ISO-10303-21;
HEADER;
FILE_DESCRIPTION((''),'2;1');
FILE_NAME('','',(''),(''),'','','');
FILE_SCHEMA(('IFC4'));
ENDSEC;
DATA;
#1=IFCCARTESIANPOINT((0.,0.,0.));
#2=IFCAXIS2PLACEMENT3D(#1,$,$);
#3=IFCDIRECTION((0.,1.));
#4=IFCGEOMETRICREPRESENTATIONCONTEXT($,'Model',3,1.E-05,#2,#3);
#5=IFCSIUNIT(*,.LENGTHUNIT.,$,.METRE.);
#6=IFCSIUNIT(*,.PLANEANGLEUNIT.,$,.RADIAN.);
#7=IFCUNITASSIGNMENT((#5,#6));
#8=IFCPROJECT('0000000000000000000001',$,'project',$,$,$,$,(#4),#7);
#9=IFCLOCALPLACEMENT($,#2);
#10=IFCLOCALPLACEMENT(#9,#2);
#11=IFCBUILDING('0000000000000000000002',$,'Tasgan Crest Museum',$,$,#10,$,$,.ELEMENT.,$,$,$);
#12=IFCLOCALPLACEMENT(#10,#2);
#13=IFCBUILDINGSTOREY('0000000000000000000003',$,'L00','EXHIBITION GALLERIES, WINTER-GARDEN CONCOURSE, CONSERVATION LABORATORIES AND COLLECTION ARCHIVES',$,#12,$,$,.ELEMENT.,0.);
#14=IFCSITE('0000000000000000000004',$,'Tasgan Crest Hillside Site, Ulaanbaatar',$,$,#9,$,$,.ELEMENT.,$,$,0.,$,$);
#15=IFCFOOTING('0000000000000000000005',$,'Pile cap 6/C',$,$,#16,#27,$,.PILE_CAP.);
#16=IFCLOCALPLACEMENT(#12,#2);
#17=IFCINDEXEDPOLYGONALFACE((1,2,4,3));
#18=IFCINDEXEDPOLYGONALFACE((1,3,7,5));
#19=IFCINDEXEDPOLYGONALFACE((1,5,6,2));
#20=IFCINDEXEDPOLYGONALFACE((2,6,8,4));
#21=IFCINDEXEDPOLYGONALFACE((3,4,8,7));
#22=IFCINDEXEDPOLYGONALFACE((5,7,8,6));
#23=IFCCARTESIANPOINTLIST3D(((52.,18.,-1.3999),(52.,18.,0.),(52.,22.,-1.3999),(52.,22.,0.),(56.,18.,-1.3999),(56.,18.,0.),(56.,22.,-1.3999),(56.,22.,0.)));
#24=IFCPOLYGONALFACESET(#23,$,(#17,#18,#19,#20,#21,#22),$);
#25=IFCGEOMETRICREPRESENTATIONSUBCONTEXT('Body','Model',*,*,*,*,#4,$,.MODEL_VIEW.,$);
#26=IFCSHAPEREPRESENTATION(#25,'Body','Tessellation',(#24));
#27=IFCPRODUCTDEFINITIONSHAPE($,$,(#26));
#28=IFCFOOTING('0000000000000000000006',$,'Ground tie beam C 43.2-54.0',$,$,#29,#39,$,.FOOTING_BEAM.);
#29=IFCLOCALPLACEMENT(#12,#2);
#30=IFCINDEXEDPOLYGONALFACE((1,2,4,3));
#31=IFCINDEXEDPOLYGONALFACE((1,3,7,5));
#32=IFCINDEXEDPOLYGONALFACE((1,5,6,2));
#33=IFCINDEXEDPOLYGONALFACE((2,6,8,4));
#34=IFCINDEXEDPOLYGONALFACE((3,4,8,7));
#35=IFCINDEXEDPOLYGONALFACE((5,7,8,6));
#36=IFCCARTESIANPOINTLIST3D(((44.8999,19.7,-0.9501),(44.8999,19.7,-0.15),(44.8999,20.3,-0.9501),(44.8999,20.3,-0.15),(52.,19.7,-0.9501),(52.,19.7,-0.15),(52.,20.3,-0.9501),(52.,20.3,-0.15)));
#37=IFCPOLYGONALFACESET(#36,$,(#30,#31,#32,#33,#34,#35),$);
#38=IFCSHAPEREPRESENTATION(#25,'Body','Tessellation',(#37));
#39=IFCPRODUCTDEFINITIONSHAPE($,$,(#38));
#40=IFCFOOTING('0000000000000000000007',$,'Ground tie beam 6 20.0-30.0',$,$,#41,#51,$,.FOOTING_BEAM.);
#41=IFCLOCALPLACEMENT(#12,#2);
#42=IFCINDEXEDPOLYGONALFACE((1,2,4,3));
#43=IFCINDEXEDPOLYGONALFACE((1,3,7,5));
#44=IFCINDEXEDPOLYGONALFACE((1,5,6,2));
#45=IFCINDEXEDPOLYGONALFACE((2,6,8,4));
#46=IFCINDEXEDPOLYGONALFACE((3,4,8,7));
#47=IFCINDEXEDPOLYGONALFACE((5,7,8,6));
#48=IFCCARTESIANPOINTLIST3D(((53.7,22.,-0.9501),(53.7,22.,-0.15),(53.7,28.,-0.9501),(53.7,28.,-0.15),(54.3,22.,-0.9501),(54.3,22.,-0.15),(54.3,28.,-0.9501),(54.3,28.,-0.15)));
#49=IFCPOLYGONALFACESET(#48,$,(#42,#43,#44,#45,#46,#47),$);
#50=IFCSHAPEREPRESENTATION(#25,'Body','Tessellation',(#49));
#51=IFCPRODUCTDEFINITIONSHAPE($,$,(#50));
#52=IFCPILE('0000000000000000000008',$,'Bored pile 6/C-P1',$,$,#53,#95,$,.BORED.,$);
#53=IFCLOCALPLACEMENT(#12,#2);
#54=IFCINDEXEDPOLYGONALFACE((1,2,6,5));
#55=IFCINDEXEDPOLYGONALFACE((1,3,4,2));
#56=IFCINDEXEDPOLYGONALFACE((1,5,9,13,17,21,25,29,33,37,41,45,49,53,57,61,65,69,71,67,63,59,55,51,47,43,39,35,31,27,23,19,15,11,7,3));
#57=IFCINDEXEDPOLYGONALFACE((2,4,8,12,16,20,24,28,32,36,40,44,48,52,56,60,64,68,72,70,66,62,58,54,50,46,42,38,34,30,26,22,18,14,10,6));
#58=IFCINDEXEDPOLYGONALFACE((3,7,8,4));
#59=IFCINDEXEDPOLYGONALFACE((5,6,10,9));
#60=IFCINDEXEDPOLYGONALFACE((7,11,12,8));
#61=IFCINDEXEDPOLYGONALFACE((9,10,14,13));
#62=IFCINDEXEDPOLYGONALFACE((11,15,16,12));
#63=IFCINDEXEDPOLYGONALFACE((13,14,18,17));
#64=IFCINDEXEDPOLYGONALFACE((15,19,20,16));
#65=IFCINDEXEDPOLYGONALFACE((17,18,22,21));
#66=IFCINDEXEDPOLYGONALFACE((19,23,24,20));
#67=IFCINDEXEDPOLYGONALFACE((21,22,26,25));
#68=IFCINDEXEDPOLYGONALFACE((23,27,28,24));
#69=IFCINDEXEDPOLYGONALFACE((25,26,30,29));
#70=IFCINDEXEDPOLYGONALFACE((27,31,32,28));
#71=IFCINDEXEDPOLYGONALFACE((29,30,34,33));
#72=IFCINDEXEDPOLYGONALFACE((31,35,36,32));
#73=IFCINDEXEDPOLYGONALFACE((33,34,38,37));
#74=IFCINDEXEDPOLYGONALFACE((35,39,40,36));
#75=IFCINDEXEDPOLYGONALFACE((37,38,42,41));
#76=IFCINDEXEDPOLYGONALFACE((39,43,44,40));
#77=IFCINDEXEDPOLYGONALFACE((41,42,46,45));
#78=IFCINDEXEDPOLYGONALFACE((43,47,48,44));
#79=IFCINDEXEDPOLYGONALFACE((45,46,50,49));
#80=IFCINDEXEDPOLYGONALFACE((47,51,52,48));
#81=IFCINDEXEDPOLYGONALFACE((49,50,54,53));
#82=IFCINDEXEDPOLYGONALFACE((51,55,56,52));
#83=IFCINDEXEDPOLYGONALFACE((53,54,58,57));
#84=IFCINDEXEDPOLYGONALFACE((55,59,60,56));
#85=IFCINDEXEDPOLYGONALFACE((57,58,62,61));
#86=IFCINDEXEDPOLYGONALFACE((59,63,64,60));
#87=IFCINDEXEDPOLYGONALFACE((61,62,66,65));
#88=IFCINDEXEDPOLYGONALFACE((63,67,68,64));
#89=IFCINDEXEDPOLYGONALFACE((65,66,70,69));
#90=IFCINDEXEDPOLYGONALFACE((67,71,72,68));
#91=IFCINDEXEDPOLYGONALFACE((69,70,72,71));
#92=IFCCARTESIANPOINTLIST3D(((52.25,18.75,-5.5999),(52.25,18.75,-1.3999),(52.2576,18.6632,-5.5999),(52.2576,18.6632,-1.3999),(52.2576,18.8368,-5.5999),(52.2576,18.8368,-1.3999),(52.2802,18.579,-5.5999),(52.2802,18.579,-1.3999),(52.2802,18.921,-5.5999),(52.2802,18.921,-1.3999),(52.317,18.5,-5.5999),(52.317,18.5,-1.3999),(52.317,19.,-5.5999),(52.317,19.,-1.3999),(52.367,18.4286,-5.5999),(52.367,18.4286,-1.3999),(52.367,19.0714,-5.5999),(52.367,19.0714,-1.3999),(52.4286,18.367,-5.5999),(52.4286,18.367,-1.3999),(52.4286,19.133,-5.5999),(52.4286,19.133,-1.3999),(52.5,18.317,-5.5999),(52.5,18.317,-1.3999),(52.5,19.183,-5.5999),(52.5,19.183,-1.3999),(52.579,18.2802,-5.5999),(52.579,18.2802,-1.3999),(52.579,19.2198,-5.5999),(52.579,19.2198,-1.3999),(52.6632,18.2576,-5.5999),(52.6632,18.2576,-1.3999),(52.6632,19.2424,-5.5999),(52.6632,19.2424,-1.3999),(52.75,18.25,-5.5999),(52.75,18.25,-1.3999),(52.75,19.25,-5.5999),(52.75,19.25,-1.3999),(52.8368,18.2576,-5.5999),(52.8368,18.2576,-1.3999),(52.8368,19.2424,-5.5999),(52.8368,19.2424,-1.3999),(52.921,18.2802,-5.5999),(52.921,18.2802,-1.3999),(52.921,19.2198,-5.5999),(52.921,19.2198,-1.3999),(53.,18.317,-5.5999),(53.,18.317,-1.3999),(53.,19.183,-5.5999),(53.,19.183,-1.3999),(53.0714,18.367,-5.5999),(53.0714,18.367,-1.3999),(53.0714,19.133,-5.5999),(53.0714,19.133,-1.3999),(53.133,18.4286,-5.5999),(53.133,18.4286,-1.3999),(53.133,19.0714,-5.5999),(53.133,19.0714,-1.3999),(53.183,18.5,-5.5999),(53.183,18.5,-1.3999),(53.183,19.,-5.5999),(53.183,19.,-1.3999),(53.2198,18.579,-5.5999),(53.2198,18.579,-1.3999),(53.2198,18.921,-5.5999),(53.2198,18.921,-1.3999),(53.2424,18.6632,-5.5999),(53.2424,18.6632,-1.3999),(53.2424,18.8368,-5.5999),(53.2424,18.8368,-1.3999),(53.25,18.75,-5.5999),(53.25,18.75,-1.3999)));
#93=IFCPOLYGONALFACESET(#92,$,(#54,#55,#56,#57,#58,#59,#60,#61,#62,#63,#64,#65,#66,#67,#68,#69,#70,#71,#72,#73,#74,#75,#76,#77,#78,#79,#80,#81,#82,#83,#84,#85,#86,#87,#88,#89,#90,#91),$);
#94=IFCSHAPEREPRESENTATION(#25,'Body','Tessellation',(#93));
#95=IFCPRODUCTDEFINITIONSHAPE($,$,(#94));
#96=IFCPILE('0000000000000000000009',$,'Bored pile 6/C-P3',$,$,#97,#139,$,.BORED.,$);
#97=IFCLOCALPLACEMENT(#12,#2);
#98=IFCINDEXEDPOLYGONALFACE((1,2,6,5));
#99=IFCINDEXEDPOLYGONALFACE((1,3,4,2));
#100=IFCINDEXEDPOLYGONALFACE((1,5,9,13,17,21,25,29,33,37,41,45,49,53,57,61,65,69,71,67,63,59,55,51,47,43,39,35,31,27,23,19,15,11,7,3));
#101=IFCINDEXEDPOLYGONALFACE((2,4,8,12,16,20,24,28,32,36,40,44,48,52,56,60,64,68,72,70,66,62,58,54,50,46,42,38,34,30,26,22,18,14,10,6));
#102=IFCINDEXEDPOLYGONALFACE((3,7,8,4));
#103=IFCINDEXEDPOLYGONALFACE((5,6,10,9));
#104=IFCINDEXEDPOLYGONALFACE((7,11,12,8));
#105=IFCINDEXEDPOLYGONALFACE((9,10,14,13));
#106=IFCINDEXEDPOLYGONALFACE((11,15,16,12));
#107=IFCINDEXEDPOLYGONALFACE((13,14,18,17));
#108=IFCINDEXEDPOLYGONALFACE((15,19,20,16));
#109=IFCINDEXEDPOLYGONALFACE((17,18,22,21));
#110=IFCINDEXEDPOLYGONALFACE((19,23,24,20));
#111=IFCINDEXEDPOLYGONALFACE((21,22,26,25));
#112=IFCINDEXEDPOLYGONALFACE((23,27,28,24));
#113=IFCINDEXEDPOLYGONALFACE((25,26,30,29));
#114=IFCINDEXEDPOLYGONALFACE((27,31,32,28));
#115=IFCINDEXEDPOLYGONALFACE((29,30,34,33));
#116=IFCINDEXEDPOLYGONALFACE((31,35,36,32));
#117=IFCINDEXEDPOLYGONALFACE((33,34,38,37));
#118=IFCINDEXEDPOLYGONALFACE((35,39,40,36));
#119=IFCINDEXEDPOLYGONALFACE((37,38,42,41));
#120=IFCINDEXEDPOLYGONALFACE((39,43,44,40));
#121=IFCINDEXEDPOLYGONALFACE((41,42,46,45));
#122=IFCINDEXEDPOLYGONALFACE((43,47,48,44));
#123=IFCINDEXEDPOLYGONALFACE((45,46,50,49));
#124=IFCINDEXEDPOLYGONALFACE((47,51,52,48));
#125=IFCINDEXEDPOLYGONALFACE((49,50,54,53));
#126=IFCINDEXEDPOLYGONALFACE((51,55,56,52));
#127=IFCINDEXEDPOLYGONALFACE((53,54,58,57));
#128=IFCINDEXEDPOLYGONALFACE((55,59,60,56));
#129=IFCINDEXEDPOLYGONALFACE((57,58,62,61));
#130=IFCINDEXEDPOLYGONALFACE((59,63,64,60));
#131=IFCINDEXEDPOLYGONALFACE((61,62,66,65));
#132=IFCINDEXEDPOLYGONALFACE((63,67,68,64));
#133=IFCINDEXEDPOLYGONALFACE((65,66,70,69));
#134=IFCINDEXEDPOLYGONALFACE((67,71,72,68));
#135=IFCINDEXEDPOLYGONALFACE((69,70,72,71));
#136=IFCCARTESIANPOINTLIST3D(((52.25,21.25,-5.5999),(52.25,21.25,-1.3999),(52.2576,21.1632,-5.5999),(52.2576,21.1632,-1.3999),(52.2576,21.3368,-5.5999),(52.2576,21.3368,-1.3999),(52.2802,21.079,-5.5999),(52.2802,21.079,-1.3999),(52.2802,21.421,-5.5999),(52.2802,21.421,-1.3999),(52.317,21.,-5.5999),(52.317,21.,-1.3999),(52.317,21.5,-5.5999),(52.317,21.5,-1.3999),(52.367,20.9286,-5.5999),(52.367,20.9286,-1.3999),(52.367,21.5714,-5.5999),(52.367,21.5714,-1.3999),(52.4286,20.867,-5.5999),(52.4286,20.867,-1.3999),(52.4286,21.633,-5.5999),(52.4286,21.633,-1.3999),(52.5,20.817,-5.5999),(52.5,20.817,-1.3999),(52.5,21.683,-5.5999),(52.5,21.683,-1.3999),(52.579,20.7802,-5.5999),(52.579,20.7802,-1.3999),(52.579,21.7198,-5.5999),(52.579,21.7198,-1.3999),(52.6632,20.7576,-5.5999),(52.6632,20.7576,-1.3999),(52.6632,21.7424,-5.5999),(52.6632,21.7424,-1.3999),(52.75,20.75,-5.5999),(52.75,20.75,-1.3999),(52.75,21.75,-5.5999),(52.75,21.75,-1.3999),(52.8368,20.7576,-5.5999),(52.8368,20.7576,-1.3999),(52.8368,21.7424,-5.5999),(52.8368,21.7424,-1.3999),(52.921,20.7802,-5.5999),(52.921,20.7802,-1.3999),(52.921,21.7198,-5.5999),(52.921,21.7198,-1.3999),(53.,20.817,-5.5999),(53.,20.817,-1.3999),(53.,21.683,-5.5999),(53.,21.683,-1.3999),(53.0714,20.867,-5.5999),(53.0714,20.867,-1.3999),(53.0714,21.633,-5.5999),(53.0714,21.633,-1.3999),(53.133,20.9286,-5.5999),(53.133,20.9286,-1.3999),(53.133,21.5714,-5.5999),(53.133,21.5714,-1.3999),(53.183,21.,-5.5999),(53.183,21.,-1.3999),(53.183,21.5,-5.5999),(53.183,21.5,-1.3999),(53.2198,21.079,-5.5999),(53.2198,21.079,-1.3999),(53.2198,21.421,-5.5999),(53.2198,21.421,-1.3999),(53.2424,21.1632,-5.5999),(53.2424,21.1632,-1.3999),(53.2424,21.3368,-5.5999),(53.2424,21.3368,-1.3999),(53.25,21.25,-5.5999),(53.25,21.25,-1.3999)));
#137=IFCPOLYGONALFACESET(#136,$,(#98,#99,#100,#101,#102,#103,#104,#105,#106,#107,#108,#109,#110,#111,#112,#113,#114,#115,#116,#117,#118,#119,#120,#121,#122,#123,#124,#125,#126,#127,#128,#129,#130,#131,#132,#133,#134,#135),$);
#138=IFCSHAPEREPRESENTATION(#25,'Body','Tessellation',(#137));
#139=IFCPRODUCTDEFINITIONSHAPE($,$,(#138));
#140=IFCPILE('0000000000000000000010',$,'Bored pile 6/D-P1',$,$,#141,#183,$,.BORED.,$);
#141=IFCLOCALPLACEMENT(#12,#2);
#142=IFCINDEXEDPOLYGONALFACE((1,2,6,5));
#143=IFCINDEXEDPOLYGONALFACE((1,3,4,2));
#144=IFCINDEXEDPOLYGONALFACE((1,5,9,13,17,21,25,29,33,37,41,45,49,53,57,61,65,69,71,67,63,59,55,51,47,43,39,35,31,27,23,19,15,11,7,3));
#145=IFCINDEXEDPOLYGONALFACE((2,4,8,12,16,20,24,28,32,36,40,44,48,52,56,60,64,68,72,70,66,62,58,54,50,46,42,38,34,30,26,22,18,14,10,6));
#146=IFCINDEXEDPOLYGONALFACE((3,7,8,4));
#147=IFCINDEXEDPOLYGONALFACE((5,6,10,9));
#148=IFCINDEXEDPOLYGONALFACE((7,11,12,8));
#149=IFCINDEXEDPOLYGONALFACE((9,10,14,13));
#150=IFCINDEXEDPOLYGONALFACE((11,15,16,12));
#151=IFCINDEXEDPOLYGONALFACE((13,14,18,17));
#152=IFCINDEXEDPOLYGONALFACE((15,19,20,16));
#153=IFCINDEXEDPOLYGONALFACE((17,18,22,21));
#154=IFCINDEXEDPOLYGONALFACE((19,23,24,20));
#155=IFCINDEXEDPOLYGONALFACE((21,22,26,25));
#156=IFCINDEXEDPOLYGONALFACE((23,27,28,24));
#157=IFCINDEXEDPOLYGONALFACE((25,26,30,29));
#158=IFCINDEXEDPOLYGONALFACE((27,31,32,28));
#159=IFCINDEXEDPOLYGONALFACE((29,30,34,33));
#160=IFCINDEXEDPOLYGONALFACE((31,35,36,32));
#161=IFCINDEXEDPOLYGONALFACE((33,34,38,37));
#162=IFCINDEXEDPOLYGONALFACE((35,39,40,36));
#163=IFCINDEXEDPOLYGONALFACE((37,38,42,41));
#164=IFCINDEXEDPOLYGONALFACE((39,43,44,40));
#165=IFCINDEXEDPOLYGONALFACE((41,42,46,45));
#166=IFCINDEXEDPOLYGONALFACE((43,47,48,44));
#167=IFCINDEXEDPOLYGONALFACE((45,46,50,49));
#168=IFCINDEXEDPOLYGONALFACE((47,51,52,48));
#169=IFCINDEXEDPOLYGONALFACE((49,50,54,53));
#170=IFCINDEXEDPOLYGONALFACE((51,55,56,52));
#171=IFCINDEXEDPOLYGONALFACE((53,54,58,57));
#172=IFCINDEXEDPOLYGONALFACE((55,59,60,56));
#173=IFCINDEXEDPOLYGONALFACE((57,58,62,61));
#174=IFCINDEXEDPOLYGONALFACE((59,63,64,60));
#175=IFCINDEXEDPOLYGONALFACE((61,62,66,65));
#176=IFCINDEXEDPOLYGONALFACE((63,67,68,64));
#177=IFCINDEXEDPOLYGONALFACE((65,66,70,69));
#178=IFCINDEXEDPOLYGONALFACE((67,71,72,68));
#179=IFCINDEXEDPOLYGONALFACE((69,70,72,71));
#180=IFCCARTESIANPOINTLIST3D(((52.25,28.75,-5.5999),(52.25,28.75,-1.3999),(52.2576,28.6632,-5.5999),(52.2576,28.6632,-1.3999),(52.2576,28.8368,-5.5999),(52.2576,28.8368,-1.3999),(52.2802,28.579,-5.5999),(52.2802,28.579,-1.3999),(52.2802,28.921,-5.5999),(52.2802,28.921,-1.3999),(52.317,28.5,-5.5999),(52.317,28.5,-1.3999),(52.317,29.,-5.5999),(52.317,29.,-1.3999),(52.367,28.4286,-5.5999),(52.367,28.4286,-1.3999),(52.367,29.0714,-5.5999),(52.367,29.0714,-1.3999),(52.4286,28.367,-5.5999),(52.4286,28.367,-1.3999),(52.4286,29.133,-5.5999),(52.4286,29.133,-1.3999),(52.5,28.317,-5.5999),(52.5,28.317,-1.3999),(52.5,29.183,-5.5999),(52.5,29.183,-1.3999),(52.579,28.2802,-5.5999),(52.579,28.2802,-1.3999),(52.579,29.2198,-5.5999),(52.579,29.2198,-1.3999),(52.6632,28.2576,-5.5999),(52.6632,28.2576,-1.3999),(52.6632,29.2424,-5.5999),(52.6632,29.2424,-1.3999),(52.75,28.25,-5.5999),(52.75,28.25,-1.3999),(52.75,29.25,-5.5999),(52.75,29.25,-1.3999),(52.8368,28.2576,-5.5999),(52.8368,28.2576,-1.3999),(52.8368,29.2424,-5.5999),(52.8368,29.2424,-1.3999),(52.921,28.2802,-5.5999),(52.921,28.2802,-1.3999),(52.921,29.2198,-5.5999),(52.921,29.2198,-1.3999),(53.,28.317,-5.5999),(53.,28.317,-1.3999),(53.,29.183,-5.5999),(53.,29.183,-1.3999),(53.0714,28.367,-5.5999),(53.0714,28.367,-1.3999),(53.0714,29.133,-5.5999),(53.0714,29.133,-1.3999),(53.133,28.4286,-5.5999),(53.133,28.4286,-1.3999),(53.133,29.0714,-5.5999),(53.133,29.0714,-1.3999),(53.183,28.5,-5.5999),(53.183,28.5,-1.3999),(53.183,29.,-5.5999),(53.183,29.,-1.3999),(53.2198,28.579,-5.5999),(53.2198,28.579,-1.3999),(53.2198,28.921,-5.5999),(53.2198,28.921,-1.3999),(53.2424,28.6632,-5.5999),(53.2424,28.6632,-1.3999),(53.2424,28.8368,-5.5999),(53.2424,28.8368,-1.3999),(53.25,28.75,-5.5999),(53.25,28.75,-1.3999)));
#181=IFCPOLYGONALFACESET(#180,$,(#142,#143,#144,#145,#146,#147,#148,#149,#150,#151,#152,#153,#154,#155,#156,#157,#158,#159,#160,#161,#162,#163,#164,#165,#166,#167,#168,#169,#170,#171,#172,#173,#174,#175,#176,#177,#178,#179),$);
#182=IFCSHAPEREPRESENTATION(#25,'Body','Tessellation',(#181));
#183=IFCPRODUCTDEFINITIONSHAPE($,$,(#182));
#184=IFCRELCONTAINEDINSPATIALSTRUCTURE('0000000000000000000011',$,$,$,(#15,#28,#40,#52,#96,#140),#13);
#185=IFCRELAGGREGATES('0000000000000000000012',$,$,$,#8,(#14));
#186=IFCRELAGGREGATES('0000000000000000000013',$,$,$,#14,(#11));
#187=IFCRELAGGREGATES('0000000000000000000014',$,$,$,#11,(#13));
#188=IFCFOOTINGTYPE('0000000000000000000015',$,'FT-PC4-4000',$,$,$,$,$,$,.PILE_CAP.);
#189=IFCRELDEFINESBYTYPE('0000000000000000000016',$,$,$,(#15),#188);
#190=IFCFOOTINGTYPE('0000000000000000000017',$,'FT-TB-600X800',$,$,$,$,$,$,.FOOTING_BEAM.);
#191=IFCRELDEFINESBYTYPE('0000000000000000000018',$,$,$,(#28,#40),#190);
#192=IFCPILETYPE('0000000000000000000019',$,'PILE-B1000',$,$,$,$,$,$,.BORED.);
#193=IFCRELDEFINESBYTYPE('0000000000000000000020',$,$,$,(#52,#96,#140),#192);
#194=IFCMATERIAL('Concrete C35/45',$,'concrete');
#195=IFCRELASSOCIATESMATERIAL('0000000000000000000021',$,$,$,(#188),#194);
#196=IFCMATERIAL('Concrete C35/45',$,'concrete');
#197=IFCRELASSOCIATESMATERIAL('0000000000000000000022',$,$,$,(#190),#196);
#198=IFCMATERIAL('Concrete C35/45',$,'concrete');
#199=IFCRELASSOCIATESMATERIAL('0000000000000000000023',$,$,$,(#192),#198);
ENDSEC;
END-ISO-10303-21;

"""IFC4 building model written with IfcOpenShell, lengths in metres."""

from ifc_helpers import new_model, si_unit, direction, frame, origin, origin_2d, place, context, subcontext, project, spatial, rectangle, circle, extrude, material, material_profile, profile_set, type_object, element, save


model = new_model("IFC4")

# Units and contexts
model_context = context("Model", 3, precision=1e-05, world=origin(), true_north=direction((0.0, 1.0)))
body_context = subcontext(model_context, "Body", "Model", "MODEL_VIEW")
ifc_project = project(units=[si_unit("LENGTHUNIT", "METRE"), si_unit("PLANEANGLEUNIT", "RADIAN")], contexts=[model_context])

# Site, building, storey
site_placement = place(None, origin())
site = spatial("IfcSite", under=ifc_project, at=site_placement, Name="Tasgan Crest Hillside Site, Ulaanbaatar", CompositionType="ELEMENT", RefElevation=0.0)
building_placement = place(site_placement, origin())
building = spatial("IfcBuilding", under=site, at=building_placement, Name="Tasgan Crest Museum", CompositionType="ELEMENT")
storey_placement = place(building_placement, origin())
storey = spatial("IfcBuildingStorey", under=building, at=storey_placement, Name="L00", Description="EXHIBITION GALLERIES, WINTER-GARDEN CONCOURSE, CONSERVATION LABORATORIES AND COLLECTION ARCHIVES", CompositionType="ELEMENT", Elevation=0.0)

# Footings
ifc_material_1 = material(Name="Concrete C35/45", Category="concrete")
footing_type_1 = type_object("IfcFootingType", Name="FT-PC4-4000", PredefinedType="PILE_CAP", material=ifc_material_1)
footing_1_placement = place(storey_placement, frame((54.0, 20.0, -1.3999), z_axis=(0.0, 0.0, 1.0), x_axis=(1.0, 0.0, 0.0)))
element("IfcFooting", 1, at=footing_1_placement, inside=storey, type_object=footing_type_1, Name="Pile cap 6/C", PredefinedType="PILE_CAP", context=body_context, shape_type="SweptSolid", body=[
    extrude(rectangle(XDim=4.0, YDim=4.0, at=origin_2d()), origin(), (0.0, 0.0, 1.0), 1.3999),
])
ifc_material_2 = material(Name="Concrete C35/45", Category="concrete")
ifc_material_profile_1 = material_profile(ifc_material_2, rectangle(XDim=0.6001, YDim=0.8, at=origin_2d()), Name="TB 600x800")
ifc_profile_set_1 = profile_set([ifc_material_profile_1], Name="Concrete C35/45")
footing_type_2 = type_object("IfcFootingType", Name="FT-TB-600X800", PredefinedType="FOOTING_BEAM", material=ifc_profile_set_1)
footing_2_placement = place(storey_placement, frame((44.8999, 20.0, -0.55), z_axis=(1.0, 0.0, 0.0), x_axis=(0.0, 1.0, 0.0)))
element("IfcFooting", 2, at=footing_2_placement, inside=storey, type_object=footing_type_2, Name="Ground tie beam C 43.2-54.0", PredefinedType="FOOTING_BEAM", context=body_context, shape_type="SweptSolid", body=[
    extrude(rectangle(XDim=0.6001, YDim=0.8, at=origin_2d()), origin(), (0.0, 0.0, 1.0), 7.1001),
])
footing_3_placement = place(storey_placement, frame((54.0, 22.0, -0.55), z_axis=(0.0, 1.0, 0.0), x_axis=(-1.0, 0.0, 0.0)))
element("IfcFooting", 3, at=footing_3_placement, inside=storey, type_object=footing_type_2, Name="Ground tie beam 6 20.0-30.0", PredefinedType="FOOTING_BEAM", context=body_context, shape_type="SweptSolid", body=[
    extrude(rectangle(XDim=0.6001, YDim=0.8, at=origin_2d()), origin(), (0.0, 0.0, 1.0), 6.0),
])

# Piles
ifc_material_3 = material(Name="Concrete C35/45", Category="concrete")
ifc_material_profile_2 = material_profile(ifc_material_3, circle(Radius=0.5, at=origin_2d()), Name="PILE D1000")
ifc_profile_set_2 = profile_set([ifc_material_profile_2], Name="Concrete C35/45")
pile_type_1 = type_object("IfcPileType", Name="PILE-B1000", PredefinedType="BORED", material=ifc_profile_set_2)
for number, where, z_axis, x_axis, name in (
    (4, (52.75, 18.75, -1.3999), (0.0, 0.0, -1.0), (1.0, 0.0, 0.0), "Bored pile 6/C-P1"),
    (5, (52.75, 21.25, -1.3999), (0.0, 0.0, -1.0), (1.0, 0.0, 0.0), "Bored pile 6/C-P3"),
    (6, (52.75, 28.75, -1.3999), (0.0, 0.0, -1.0), (1.0, 0.0, 0.0), "Bored pile 6/D-P1"),
):
    element("IfcPile", number, at=place(storey_placement, frame(where, z_axis=z_axis, x_axis=x_axis)), inside=storey, type_object=pile_type_1, Name=name, PredefinedType="BORED", context=body_context, shape_type="SweptSolid", body=[
        extrude(circle(Radius=0.5, at=origin_2d()), origin(), (0.0, 0.0, 1.0), 4.2),
    ])

save(model, "model.ifc")
